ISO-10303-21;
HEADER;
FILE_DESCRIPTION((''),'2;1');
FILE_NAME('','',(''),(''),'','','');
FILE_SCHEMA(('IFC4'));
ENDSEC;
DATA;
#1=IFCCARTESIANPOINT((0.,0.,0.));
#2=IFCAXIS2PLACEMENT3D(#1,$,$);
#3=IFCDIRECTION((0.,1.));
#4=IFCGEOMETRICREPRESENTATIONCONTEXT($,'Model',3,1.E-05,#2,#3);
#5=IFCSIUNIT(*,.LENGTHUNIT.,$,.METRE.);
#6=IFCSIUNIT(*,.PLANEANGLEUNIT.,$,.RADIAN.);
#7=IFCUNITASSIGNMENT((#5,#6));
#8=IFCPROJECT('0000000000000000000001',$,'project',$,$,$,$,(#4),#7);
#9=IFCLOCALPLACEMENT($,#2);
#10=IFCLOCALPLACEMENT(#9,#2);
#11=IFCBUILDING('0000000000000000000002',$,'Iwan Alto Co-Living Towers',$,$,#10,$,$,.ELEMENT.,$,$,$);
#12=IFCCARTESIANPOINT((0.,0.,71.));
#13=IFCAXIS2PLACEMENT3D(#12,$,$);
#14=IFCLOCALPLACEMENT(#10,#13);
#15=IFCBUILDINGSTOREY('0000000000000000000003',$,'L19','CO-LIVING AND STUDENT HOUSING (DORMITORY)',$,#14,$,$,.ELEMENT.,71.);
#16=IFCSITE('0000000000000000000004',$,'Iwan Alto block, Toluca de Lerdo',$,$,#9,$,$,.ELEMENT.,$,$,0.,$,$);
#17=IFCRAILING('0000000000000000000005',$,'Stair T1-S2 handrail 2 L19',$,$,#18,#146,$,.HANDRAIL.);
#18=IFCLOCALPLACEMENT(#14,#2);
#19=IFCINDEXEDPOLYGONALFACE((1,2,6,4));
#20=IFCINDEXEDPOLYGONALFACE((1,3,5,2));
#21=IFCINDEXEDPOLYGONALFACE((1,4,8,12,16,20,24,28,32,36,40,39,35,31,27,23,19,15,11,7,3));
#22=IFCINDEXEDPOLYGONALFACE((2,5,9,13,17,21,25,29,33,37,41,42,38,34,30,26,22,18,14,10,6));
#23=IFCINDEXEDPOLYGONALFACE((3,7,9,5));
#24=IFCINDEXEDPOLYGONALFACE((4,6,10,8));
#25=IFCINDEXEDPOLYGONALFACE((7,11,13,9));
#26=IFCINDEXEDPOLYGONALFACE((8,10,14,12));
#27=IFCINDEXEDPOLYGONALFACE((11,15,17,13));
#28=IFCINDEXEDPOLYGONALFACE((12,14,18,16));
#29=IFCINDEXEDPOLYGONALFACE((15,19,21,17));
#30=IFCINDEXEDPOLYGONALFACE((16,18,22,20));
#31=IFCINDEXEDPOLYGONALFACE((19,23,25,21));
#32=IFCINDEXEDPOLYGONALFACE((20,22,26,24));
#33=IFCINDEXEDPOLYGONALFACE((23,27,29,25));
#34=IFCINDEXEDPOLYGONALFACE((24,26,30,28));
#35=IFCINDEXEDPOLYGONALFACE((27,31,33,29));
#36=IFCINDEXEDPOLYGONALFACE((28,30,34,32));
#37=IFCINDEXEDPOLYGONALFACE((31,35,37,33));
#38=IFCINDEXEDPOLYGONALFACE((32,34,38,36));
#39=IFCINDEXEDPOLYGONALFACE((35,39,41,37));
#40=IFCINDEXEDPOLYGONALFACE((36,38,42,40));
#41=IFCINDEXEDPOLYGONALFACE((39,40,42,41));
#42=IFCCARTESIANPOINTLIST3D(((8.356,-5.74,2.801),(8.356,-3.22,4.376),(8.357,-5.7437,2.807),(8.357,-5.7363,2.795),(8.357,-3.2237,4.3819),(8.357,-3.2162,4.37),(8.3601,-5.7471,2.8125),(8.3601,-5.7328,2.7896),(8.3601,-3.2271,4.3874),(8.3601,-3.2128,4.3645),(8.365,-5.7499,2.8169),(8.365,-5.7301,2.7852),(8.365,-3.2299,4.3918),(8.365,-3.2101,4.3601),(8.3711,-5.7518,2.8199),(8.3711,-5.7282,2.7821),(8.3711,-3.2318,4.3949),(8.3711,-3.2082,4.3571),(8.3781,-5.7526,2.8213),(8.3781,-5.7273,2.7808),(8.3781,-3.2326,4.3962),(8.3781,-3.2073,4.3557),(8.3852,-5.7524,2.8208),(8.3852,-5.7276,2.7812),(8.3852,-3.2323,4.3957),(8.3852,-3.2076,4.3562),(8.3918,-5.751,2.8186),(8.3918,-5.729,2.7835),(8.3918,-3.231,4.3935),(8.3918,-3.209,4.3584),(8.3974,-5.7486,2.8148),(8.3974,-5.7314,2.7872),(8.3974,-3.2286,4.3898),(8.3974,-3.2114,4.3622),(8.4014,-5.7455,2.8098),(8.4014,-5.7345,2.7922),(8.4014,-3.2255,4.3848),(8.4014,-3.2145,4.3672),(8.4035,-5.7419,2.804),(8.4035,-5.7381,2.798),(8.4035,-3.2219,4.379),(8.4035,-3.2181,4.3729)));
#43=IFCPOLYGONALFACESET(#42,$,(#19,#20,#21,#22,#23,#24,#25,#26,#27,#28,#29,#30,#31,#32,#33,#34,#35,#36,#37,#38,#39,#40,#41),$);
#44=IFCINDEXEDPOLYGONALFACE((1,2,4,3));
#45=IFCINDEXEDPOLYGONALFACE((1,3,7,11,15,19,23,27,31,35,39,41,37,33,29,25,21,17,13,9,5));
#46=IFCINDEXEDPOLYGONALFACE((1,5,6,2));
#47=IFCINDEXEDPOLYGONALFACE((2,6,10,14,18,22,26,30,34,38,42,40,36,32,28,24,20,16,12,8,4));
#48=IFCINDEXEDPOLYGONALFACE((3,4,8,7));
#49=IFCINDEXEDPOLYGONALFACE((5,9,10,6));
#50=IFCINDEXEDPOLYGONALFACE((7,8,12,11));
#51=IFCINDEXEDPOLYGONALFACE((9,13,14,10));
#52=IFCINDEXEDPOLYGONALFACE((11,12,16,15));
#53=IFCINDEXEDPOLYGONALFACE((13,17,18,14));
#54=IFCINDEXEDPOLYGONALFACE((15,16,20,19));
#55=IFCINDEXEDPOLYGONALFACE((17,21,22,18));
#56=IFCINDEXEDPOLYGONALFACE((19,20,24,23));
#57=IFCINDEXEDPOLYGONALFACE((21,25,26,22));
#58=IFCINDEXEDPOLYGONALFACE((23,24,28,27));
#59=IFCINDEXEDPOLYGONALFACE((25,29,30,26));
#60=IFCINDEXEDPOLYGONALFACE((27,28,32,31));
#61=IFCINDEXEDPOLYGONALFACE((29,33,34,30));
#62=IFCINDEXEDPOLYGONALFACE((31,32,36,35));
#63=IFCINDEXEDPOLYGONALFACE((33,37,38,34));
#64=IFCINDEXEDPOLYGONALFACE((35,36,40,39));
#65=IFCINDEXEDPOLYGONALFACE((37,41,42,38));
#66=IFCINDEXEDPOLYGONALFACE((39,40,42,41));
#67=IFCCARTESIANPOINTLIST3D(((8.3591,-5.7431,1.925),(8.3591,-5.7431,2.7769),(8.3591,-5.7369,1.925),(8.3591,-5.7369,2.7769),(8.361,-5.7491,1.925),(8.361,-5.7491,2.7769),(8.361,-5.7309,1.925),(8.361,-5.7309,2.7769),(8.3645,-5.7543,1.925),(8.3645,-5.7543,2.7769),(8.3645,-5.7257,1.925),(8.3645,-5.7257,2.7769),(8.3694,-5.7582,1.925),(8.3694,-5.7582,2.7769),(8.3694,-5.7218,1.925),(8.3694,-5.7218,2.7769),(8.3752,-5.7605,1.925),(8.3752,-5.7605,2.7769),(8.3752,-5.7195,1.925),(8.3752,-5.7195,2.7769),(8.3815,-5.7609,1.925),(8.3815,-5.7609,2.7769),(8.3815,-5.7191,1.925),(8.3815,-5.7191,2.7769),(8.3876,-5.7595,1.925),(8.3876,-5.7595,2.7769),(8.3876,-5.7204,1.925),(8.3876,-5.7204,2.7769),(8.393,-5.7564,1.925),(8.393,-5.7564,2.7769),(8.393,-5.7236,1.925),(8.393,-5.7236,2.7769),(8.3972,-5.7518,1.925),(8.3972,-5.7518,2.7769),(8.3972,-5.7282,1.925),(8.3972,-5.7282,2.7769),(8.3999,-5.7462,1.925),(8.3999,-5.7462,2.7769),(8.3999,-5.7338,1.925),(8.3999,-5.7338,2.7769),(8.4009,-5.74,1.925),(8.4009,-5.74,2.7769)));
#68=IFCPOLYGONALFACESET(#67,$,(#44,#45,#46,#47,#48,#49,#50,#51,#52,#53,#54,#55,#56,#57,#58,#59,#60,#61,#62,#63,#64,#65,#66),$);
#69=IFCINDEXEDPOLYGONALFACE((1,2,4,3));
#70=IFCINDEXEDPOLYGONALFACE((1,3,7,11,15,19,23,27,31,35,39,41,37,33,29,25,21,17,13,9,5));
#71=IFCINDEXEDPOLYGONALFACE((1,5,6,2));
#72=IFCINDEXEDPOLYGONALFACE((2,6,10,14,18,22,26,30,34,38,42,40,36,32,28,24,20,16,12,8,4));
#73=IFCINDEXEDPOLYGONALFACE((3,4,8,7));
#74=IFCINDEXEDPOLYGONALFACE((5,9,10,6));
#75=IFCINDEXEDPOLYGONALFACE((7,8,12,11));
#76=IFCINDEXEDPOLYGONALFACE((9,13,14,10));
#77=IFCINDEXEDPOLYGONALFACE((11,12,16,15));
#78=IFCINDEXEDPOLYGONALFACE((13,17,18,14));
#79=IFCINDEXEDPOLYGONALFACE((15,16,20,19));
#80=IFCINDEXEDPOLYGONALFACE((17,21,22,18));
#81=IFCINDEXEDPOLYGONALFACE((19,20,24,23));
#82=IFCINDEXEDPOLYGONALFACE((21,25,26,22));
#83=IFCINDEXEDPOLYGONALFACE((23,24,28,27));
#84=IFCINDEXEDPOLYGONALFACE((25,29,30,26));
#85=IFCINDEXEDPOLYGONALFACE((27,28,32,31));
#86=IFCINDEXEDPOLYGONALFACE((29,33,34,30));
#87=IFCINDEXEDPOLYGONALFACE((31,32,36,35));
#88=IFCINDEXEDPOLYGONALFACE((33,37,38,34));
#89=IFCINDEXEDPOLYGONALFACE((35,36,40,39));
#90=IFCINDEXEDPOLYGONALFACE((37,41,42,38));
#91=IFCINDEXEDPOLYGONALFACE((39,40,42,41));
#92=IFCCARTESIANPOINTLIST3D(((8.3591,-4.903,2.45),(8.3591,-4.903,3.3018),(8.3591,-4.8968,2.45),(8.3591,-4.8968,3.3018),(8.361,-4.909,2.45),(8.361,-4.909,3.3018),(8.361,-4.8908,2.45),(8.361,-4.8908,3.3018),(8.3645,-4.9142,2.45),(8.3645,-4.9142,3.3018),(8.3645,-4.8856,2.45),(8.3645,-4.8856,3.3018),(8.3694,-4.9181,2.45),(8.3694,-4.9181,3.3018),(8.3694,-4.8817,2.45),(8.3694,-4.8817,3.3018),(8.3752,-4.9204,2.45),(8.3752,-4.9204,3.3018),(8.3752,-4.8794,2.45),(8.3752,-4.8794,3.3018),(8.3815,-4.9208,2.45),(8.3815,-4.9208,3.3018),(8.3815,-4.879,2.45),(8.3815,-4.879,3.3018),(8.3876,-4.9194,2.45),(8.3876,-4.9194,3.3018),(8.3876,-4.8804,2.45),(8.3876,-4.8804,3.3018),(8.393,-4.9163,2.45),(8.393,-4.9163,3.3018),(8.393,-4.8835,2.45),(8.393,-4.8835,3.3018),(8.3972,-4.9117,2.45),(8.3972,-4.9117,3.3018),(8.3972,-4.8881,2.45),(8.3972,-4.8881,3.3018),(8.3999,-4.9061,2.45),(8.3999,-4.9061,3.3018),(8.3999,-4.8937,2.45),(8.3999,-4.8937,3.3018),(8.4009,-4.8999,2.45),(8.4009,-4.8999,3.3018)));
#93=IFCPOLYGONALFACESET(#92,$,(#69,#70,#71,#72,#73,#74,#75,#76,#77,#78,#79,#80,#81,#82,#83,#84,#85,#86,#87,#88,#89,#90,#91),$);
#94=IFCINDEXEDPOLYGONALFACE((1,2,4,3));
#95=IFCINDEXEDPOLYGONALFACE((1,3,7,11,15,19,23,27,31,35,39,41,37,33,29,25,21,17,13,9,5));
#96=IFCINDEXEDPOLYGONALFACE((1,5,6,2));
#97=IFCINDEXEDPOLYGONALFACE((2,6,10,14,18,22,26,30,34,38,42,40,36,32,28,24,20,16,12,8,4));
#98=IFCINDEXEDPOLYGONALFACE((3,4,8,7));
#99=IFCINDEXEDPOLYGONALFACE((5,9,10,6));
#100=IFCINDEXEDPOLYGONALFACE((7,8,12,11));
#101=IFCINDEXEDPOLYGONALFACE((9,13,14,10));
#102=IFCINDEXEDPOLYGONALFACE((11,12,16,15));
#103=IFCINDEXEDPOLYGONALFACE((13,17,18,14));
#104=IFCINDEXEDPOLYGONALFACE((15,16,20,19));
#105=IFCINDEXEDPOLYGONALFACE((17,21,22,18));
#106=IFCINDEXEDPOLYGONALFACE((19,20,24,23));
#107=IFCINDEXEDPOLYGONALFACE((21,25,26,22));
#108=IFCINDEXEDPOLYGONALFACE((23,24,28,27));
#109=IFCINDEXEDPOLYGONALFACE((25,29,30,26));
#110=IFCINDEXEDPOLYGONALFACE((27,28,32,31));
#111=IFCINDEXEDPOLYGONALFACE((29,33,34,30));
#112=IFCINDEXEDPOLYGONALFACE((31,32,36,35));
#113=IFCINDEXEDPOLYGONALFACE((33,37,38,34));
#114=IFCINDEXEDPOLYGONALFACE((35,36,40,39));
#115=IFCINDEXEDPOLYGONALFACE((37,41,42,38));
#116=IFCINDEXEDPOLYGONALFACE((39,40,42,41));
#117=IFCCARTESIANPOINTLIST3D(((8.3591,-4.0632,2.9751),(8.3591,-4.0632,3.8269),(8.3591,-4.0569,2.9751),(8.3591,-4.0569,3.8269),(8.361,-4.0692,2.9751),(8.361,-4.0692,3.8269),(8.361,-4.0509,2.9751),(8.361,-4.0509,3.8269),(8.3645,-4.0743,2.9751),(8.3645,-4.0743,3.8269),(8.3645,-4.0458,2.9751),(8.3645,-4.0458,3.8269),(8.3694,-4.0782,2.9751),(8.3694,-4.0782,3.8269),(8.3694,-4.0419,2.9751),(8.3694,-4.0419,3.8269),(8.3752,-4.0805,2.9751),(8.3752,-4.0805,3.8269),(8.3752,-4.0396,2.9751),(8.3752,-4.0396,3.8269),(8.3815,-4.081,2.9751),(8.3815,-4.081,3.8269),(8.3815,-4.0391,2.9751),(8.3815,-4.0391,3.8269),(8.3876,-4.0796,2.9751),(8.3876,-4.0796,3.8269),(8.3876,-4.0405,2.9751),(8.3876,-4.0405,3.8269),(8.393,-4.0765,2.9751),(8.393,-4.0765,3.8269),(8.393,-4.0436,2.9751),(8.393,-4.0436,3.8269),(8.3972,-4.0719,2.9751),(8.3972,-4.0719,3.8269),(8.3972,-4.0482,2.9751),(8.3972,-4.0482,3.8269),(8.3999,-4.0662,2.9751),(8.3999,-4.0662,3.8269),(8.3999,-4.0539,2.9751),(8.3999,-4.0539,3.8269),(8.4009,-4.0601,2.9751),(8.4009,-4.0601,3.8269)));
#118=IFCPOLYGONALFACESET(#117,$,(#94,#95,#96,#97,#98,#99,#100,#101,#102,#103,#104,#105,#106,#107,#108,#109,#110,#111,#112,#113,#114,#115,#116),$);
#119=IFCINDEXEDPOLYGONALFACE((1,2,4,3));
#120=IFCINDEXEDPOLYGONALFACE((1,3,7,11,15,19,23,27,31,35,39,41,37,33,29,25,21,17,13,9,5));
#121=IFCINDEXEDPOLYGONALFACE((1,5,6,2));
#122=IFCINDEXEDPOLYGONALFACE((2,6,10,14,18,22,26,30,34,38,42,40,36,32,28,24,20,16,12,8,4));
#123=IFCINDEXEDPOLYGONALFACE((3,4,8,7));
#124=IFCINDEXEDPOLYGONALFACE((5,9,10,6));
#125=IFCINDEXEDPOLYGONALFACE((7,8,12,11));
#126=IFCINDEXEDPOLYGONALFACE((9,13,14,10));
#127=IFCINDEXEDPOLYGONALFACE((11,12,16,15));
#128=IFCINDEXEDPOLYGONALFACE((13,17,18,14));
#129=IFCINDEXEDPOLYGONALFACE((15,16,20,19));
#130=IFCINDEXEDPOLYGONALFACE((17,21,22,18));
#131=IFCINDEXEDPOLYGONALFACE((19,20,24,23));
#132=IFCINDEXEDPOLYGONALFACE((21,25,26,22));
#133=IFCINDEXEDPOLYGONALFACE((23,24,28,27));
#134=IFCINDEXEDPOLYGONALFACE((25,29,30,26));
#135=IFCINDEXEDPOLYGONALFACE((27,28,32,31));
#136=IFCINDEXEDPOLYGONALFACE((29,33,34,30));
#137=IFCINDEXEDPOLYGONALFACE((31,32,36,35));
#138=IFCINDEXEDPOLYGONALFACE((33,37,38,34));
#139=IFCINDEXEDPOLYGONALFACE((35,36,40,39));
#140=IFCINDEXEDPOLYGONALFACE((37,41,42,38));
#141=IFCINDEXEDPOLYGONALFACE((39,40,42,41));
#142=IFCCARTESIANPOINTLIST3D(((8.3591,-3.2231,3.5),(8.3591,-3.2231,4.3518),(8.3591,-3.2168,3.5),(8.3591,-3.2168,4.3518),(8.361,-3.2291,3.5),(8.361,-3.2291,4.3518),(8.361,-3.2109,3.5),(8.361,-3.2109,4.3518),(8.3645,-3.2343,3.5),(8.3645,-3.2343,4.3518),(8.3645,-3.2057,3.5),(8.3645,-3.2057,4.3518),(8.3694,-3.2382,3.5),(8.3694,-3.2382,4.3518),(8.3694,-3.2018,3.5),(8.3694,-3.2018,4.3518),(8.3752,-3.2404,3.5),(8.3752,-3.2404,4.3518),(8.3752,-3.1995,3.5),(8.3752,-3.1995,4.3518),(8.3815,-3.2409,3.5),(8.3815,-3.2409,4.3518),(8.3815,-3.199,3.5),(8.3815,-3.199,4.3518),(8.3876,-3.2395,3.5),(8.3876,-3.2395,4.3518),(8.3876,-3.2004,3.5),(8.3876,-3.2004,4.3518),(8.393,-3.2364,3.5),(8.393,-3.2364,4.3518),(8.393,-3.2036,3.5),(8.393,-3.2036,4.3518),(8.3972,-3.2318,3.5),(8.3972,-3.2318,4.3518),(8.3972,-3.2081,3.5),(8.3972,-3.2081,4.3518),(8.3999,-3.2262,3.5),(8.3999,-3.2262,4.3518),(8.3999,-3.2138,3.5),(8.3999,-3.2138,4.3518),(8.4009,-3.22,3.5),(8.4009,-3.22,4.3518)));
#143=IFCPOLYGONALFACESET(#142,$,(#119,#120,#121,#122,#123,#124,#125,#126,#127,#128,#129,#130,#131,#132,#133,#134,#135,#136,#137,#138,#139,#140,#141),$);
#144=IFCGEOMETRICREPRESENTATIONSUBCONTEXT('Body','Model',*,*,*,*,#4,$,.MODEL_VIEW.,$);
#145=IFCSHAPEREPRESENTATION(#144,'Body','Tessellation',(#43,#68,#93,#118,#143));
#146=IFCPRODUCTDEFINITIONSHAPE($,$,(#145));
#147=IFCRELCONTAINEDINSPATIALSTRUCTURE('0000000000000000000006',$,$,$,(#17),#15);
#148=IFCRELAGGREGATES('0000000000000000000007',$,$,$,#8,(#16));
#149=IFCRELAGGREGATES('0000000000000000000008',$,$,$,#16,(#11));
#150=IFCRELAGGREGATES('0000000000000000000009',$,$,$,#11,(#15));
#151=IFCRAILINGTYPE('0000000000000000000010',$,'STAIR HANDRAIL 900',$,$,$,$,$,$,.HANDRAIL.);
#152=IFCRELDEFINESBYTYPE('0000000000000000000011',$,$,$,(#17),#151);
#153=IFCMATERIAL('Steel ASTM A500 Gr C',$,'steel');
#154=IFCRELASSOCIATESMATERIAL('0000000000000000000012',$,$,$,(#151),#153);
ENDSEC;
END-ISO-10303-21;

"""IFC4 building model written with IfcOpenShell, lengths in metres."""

from ifc_helpers import new_model, si_unit, direction, frame, origin, origin_2d, place, context, subcontext, project, spatial, circle, extrude, material, type_object, element, save


model = new_model("IFC4")

# Units and contexts
model_context = context("Model", 3, precision=1e-05, world=origin(), true_north=direction((0.0, 1.0)))
body_context = subcontext(model_context, "Body", "Model", "MODEL_VIEW")
ifc_project = project(units=[si_unit("LENGTHUNIT", "METRE"), si_unit("PLANEANGLEUNIT", "RADIAN")], contexts=[model_context])

# Site, building, storey
site_placement = place(None, origin())
site = spatial("IfcSite", under=ifc_project, at=site_placement, Name="Iwan Alto block, Toluca de Lerdo", CompositionType="ELEMENT", RefElevation=0.0)
building_placement = place(site_placement, origin())
building = spatial("IfcBuilding", under=site, at=building_placement, Name="Iwan Alto Co-Living Towers", CompositionType="ELEMENT")
storey_placement = place(building_placement, frame((0.0, 0.0, 71.0)))
storey = spatial("IfcBuildingStorey", under=building, at=storey_placement, Name="L19", Description="CO-LIVING AND STUDENT HOUSING (DORMITORY)", CompositionType="ELEMENT", Elevation=71.0)

# Railing
ifc_material_1 = material(Name="Steel ASTM A500 Gr C", Category="steel")
railing_type = type_object("IfcRailingType", Name="STAIR HANDRAIL 900", PredefinedType="HANDRAIL", material=ifc_material_1)
railing_1_placement = place(storey_placement, frame((8.3799, -5.74, 1.925)))
element("IfcRailing", 1, at=railing_1_placement, inside=storey, type_object=railing_type, Name="Stair T1-S2 handrail 2 L19", PredefinedType="HANDRAIL", context=body_context, shape_type="SweptSolid", body=[
    extrude(circle(Radius=0.0239, at=origin_2d()), frame((0.0, 0.0, 0.876), z_axis=(0.0, 0.848008, 0.529984), x_axis=(-1.0, 0.0, 0.0)), (0.0, 0.0, 1.0), 2.9717),
    extrude(circle(Radius=0.021, at=origin_2d()), origin(), (0.0, 0.0, 1.0), 0.8518),
    extrude(circle(Radius=0.021, at=origin_2d()), frame((0.0, 0.8401, 0.5249)), (0.0, 0.0, 1.0), 0.8518),
    extrude(circle(Radius=0.021, at=origin_2d()), frame((0.0, 1.6799, 1.05)), (0.0, 0.0, 1.0), 0.8518),
    extrude(circle(Radius=0.021, at=origin_2d()), frame((0.0, 2.52, 1.575)), (0.0, 0.0, 1.0), 0.8518),
])

save(model, "model.ifc")
